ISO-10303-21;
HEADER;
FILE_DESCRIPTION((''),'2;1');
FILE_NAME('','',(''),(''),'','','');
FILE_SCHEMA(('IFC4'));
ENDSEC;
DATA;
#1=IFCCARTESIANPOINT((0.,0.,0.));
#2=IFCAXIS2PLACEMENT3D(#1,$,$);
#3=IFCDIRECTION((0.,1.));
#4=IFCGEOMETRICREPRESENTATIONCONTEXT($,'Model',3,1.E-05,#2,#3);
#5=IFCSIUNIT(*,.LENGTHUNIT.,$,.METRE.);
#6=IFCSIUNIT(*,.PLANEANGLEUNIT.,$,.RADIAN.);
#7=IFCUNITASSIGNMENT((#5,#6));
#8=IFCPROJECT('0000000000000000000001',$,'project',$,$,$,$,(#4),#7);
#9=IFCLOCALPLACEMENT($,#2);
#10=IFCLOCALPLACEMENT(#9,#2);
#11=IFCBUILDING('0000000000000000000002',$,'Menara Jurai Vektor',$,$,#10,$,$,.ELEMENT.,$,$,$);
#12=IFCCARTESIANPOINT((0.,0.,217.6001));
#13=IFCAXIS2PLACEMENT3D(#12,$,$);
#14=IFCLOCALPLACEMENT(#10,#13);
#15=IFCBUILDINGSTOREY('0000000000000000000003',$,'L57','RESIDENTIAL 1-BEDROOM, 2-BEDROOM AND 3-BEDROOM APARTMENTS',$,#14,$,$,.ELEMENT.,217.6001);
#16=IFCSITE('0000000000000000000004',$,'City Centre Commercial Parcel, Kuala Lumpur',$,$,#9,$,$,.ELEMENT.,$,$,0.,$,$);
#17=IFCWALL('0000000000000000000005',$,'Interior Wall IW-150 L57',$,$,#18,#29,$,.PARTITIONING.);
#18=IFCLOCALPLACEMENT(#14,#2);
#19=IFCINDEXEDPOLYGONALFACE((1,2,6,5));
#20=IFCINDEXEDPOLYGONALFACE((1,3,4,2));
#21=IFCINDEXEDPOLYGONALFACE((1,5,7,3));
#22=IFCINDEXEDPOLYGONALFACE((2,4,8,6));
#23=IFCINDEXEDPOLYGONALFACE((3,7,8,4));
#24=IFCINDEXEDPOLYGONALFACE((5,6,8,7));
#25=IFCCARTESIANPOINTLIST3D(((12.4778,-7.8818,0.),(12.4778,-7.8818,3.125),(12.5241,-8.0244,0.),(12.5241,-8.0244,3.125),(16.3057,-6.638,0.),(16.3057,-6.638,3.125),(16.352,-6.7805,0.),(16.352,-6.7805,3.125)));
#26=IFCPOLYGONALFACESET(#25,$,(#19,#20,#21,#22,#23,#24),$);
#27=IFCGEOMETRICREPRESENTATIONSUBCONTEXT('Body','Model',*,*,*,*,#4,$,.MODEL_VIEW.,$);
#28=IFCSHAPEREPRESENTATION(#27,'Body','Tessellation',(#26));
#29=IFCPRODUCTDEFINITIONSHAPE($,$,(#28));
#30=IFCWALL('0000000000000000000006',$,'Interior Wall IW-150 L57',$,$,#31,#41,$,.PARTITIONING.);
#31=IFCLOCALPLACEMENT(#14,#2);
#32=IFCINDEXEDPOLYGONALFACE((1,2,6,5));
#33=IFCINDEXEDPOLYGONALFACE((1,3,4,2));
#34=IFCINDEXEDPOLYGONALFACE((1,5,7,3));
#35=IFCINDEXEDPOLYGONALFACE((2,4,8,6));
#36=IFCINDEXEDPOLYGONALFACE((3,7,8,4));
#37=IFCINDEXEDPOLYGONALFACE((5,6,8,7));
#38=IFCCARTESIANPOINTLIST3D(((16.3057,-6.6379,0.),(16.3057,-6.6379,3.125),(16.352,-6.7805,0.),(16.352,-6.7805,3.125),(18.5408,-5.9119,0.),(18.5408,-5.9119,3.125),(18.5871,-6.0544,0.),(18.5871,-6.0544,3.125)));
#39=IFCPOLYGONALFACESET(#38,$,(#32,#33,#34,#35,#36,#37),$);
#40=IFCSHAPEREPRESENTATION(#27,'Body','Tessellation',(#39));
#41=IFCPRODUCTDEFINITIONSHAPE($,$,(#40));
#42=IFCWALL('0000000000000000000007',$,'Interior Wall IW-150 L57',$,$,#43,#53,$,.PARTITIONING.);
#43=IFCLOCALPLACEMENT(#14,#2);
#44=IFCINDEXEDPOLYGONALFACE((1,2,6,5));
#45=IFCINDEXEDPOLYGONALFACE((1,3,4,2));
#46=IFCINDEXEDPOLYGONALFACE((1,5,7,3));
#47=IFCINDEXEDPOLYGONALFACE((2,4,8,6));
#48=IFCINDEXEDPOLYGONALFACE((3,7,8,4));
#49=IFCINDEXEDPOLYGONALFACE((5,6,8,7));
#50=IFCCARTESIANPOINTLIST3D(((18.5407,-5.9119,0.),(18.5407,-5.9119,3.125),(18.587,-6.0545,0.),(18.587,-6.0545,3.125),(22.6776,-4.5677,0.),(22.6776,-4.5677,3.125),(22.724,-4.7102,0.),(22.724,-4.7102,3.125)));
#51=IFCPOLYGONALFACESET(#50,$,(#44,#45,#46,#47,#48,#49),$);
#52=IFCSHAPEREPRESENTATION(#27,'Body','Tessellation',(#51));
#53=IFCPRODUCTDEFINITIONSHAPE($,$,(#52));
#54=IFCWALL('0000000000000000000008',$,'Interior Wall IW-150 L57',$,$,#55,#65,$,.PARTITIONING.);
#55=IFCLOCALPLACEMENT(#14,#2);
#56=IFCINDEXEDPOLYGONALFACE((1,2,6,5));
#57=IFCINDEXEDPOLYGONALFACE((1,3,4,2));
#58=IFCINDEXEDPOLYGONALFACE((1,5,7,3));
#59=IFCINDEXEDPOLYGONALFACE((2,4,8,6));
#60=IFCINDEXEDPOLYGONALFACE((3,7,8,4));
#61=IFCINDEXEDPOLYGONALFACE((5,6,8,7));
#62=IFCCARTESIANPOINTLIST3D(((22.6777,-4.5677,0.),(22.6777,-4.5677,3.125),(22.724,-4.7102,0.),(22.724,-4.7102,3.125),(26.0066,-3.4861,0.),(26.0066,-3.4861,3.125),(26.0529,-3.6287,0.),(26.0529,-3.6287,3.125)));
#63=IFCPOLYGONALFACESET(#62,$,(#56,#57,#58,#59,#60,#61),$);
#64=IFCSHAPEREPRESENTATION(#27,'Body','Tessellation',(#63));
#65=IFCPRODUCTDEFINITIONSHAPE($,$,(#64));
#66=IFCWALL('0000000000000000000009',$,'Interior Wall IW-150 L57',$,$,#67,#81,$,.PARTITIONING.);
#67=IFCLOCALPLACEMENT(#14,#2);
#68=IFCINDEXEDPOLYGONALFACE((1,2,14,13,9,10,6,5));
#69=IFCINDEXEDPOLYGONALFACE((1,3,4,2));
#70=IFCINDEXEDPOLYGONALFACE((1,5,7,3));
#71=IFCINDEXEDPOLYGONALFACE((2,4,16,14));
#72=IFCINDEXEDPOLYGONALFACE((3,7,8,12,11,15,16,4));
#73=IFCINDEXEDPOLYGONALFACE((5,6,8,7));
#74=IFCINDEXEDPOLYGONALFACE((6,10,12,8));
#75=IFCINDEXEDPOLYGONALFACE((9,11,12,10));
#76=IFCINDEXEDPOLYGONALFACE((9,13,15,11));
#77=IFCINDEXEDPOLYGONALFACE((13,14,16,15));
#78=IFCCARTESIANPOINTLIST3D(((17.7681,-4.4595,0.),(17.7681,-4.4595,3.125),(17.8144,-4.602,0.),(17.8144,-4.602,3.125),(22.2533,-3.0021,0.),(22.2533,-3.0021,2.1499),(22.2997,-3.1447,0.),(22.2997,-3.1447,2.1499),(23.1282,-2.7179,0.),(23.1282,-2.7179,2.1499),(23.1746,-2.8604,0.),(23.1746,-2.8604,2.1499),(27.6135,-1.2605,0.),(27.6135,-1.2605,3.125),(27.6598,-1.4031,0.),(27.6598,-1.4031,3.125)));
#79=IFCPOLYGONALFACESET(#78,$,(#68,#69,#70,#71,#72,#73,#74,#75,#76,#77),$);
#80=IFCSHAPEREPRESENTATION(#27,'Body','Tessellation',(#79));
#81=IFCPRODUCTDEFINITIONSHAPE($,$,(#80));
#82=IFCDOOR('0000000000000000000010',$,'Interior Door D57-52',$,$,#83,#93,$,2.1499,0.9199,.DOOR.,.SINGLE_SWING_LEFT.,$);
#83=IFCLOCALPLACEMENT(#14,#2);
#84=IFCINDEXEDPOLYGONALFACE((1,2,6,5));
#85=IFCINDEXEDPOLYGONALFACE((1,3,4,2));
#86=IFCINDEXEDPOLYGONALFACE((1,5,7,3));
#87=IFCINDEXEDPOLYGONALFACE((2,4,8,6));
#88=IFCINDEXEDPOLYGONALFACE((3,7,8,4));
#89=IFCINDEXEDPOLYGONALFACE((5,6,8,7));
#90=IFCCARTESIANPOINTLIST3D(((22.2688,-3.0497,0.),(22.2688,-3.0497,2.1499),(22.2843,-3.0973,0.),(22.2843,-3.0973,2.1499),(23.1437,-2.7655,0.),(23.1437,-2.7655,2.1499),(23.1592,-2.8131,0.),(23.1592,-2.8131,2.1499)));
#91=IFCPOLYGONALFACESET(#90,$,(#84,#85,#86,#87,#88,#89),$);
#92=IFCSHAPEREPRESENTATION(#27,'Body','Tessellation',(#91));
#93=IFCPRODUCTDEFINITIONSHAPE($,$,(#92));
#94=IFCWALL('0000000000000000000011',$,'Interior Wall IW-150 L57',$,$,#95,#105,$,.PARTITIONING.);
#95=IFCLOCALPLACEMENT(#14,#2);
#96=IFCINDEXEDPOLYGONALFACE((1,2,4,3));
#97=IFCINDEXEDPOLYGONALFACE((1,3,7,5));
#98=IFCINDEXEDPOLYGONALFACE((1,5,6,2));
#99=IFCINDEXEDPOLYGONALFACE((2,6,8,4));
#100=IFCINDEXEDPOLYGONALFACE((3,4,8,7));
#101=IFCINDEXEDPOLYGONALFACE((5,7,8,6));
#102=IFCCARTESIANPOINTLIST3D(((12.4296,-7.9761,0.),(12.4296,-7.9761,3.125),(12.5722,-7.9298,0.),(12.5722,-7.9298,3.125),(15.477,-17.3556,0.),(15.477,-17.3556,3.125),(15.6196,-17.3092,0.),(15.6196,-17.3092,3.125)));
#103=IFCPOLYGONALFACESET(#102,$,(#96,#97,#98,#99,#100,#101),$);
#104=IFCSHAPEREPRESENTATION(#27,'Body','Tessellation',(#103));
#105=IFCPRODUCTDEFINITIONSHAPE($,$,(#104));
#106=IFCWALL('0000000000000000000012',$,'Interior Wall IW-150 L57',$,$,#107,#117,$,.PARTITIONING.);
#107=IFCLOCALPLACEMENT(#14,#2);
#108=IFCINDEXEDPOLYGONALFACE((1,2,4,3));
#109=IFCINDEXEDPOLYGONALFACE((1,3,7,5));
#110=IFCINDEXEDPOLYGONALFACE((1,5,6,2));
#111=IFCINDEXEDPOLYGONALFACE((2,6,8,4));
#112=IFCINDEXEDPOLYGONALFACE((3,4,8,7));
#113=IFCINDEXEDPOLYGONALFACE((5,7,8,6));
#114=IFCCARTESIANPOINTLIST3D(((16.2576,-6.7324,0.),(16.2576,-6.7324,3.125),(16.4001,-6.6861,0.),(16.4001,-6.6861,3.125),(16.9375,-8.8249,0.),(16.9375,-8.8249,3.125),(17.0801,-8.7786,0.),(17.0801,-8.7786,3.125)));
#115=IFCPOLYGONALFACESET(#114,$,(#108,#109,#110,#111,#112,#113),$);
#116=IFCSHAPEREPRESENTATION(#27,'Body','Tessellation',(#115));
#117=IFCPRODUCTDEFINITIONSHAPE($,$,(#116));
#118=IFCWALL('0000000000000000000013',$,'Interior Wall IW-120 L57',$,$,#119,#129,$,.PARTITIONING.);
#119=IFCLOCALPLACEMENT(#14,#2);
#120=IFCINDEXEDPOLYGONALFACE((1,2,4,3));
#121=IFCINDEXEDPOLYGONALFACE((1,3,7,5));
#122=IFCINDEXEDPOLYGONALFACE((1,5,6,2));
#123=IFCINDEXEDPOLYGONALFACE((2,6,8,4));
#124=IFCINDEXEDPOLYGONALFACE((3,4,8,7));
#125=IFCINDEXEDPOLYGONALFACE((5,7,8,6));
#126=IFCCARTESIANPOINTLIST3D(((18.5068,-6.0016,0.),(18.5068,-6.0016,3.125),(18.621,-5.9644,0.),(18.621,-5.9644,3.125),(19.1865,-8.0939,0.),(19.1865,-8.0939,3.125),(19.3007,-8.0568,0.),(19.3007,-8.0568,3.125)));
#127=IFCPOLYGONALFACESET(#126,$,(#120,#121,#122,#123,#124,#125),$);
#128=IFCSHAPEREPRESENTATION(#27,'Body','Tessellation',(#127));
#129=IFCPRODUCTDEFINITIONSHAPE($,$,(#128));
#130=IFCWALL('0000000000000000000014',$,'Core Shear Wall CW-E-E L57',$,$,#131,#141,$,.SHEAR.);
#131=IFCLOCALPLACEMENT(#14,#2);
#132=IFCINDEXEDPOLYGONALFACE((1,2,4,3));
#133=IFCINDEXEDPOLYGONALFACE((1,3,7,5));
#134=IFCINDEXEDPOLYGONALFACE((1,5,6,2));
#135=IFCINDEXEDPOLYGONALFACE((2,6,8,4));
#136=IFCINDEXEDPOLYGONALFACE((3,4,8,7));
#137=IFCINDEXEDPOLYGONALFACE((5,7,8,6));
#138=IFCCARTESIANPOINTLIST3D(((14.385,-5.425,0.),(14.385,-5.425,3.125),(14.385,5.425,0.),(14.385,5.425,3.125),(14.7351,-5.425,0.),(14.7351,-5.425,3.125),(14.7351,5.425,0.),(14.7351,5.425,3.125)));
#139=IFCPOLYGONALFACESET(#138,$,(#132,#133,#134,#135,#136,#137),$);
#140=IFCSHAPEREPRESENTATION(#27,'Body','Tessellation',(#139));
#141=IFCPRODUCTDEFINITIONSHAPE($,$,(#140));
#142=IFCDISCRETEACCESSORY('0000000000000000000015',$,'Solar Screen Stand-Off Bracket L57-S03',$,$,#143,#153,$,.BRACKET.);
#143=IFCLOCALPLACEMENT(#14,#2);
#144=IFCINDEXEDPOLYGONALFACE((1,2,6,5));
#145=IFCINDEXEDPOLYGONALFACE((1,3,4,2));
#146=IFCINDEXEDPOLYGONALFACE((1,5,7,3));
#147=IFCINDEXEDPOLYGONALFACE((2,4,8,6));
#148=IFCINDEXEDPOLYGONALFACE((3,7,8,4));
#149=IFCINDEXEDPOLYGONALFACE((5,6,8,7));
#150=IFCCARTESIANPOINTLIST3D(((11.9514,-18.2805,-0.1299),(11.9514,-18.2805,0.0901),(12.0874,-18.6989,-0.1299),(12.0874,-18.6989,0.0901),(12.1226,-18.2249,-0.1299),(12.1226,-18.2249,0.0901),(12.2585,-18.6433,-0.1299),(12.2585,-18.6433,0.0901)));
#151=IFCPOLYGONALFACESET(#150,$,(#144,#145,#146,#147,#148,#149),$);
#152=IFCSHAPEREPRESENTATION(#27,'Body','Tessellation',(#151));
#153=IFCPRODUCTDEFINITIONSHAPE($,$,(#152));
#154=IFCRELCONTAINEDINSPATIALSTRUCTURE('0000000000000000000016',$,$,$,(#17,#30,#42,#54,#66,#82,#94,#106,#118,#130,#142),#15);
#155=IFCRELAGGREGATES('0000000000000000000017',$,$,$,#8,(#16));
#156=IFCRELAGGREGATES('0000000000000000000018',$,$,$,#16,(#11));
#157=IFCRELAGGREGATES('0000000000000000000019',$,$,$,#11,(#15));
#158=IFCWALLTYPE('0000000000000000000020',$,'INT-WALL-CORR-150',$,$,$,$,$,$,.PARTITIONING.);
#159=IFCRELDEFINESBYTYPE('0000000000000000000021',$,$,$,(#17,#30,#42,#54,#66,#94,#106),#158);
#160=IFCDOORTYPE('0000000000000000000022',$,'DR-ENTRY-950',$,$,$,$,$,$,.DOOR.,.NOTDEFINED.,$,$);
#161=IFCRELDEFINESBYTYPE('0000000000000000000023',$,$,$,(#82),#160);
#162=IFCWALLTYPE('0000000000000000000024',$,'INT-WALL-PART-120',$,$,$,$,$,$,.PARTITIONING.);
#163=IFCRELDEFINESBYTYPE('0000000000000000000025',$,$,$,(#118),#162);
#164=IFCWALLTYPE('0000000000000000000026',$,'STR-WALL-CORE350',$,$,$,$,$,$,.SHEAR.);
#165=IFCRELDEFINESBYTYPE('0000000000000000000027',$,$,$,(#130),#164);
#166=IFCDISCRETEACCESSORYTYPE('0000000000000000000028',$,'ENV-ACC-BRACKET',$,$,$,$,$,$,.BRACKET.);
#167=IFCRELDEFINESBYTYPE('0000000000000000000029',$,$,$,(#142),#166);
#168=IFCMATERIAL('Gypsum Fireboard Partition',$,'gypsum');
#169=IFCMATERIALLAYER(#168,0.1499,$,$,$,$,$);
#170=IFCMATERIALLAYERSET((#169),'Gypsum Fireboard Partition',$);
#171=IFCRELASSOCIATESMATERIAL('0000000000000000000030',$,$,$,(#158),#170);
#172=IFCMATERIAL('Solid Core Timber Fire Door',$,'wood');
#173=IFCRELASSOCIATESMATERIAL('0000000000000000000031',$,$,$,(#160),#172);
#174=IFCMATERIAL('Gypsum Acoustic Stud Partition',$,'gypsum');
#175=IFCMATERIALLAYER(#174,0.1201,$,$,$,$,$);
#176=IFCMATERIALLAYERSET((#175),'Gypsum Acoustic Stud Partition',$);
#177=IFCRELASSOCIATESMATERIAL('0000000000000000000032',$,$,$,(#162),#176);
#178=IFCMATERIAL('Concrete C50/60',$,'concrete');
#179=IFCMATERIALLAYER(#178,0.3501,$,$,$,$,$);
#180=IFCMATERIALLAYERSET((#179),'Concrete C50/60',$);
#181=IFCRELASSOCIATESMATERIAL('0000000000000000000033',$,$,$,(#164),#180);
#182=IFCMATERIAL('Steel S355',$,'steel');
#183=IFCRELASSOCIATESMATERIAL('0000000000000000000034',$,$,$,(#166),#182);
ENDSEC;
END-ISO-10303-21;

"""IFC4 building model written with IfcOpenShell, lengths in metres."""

from ifc_helpers import new_model, si_unit, direction, frame, frame_2d, origin, origin_2d, place, context, subcontext, project, spatial, rectangle, extrude, material, layer, layer_set, type_object, element, fill, save


model = new_model("IFC4")

# Units and contexts
model_context = context("Model", 3, precision=1e-05, world=origin(), true_north=direction((0.0, 1.0)))
body_context = subcontext(model_context, "Body", "Model", "MODEL_VIEW")
ifc_project = project(units=[si_unit("LENGTHUNIT", "METRE"), si_unit("PLANEANGLEUNIT", "RADIAN")], contexts=[model_context])

# Site, building, storey
site_placement = place(None, origin())
site = spatial("IfcSite", under=ifc_project, at=site_placement, Name="City Centre Commercial Parcel, Kuala Lumpur", CompositionType="ELEMENT", RefElevation=0.0)
building_placement = place(site_placement, origin())
building = spatial("IfcBuilding", under=site, at=building_placement, Name="Menara Jurai Vektor", CompositionType="ELEMENT")
storey_placement = place(building_placement, frame((0.0, 0.0, 217.6001)))
storey = spatial("IfcBuildingStorey", under=building, at=storey_placement, Name="L57", Description="RESIDENTIAL 1-BEDROOM, 2-BEDROOM AND 3-BEDROOM APARTMENTS", CompositionType="ELEMENT", Elevation=217.6001)

# Shared definitions
ifc_material_1 = material(Name="Concrete C50/60", Category="concrete")

# Shared definitions
ifc_material_2 = material(Name="Steel S355", Category="steel")

# Walls
ifc_material_3 = material(Name="Gypsum Fireboard Partition", Category="gypsum")
ifc_layer_1 = layer(ifc_material_3, 0.1499)
ifc_layer_set_1 = layer_set([ifc_layer_1], Name="Gypsum Fireboard Partition")
wall_type_1 = type_object("IfcWallType", Name="INT-WALL-CORR-150", PredefinedType="PARTITIONING", material=ifc_layer_set_1)
wall_1_placement = place(storey_placement, frame((12.501, -7.9531, 0.0), z_axis=(0.0, 0.0, 1.0), x_axis=(0.951046, 0.309049, 0.0)))
element("IfcWall", 1, at=wall_1_placement, inside=storey, type_object=wall_type_1, Name="Interior Wall IW-150 L57", PredefinedType="PARTITIONING", context=body_context, shape_type="SweptSolid", body=[
    extrude(rectangle(XDim=4.0249, YDim=0.1499, at=frame_2d((2.0125, 0.0))), origin(), (0.0, 0.0, 1.0), 3.125),
])
wall_2_placement = place(storey_placement, frame((16.3289, -6.7092, 0.0), z_axis=(0.0, 0.0, 1.0), x_axis=(0.951076, 0.308957, 0.0)))
element("IfcWall", 2, at=wall_2_placement, inside=storey, type_object=wall_type_1, Name="Interior Wall IW-150 L57", PredefinedType="PARTITIONING", context=body_context, shape_type="SweptSolid", body=[
    extrude(rectangle(XDim=2.3501, YDim=0.1499, at=frame_2d((1.175, 0.0))), origin(), (0.0, 0.0, 1.0), 3.125),
])
wall_3_placement = place(storey_placement, frame((18.564, -5.9832, 0.0), z_axis=(0.0, 0.0, 1.0), x_axis=(0.951053, 0.309029, 0.0)))
element("IfcWall", 3, at=wall_3_placement, inside=storey, type_object=wall_type_1, Name="Interior Wall IW-150 L57", PredefinedType="PARTITIONING", context=body_context, shape_type="SweptSolid", body=[
    extrude(rectangle(XDim=4.3499, YDim=0.1499, at=frame_2d((2.1748, 0.0))), origin(), (0.0, 0.0, 1.0), 3.125),
])
wall_4_placement = place(storey_placement, frame((22.7009, -4.6389, 0.0), z_axis=(0.0, 0.0, 1.0), x_axis=(0.951062, 0.308999, 0.0)))
element("IfcWall", 4, at=wall_4_placement, inside=storey, type_object=wall_type_1, Name="Interior Wall IW-150 L57", PredefinedType="PARTITIONING", context=body_context, shape_type="SweptSolid", body=[
    extrude(rectangle(XDim=3.5002, YDim=0.1499, at=frame_2d((1.75, 0.0))), origin(), (0.0, 0.0, 1.0), 3.125),
])

# Wall, opening, door
wall_5_placement = place(storey_placement, frame((17.7913, -4.5308, 0.0), z_axis=(0.0, 0.0, 1.0), x_axis=(0.951057, 0.309016, 0.0)))
wall_5 = element("IfcWall", 5, at=wall_5_placement, inside=storey, type_object=wall_type_1, Name="Interior Wall IW-150 L57", PredefinedType="PARTITIONING", context=body_context, shape_type="SweptSolid", body=[
    extrude(rectangle(XDim=10.3521, YDim=0.1499, at=frame_2d((5.176, 0.0))), origin(), (0.0, 0.0, 1.0), 3.125),
])
opening_1_placement = place(wall_5_placement, frame((4.7161, 0.0, 0.0)))
opening_1 = element("IfcOpeningElement", 6, at=opening_1_placement, cuts=wall_5, PredefinedType="OPENING", context=body_context, shape_type="SweptSolid", body=[
    extrude(rectangle(XDim=0.9199, YDim=2.1499, at=frame_2d((0.46, 1.075))), frame((0.0, 0.085, 0.0), z_axis=(0.0, -1.0, 0.0), x_axis=(1.0, 0.0, 0.0)), (0.0, 0.0, 1.0), 0.1699),
])
ifc_material_4 = material(Name="Solid Core Timber Fire Door", Category="wood")
door_type_1 = type_object("IfcDoorType", Name="DR-ENTRY-950", OperationType="NOTDEFINED", PredefinedType="DOOR", material=ifc_material_4)
door_1_placement = place(opening_1_placement, origin())
door_1 = element("IfcDoor", 7, at=door_1_placement, inside=storey, type_object=door_type_1, Name="Interior Door D57-52", OperationType="SINGLE_SWING_LEFT", OverallHeight=2.1499, OverallWidth=0.9199, PredefinedType="DOOR", context=body_context, shape_type="SweptSolid", body=[
    extrude(rectangle(XDim=0.9199, YDim=2.1499, at=frame_2d((0.46, 1.075))), frame((0.0, 0.0249, 0.0), z_axis=(0.0, -1.0, 0.0), x_axis=(1.0, 0.0, 0.0)), (0.0, 0.0, 1.0), 0.05),
])
fill(opening_1, door_1)

# Walls
wall_6_placement = place(storey_placement, frame((15.5483, -17.3325, 0.0), z_axis=(0.0, 0.0, 1.0), x_axis=(-0.309, 0.951062, 0.0)))
element("IfcWall", 8, at=wall_6_placement, inside=storey, type_object=wall_type_1, Name="Interior Wall IW-150 L57", PredefinedType="PARTITIONING", context=body_context, shape_type="SweptSolid", body=[
    extrude(rectangle(XDim=9.8621, YDim=0.1499, at=frame_2d((4.9312, 0.0))), origin(), (0.0, 0.0, 1.0), 3.125),
])
wall_7_placement = place(storey_placement, frame((17.0088, -8.8018, 0.0), z_axis=(0.0, 0.0, 1.0), x_axis=(-0.309028, 0.951053, 0.0)))
element("IfcWall", 9, at=wall_7_placement, inside=storey, type_object=wall_type_1, Name="Interior Wall IW-150 L57", PredefinedType="PARTITIONING", context=body_context, shape_type="SweptSolid", body=[
    extrude(rectangle(XDim=2.2002, YDim=0.1499, at=frame_2d((1.1001, 0.0))), origin(), (0.0, 0.0, 1.0), 3.125),
])

# Walls
ifc_material_5 = material(Name="Gypsum Acoustic Stud Partition", Category="gypsum")
ifc_layer_2 = layer(ifc_material_5, 0.1201)
ifc_layer_set_2 = layer_set([ifc_layer_2], Name="Gypsum Acoustic Stud Partition")
wall_type_2 = type_object("IfcWallType", Name="INT-WALL-PART-120", PredefinedType="PARTITIONING", material=ifc_layer_set_2)
wall_8_placement = place(storey_placement, frame((19.2437, -8.0754, 0.0), z_axis=(0.0, 0.0, 1.0), x_axis=(-0.308961, 0.951075, 0.0)))
element("IfcWall", 10, at=wall_8_placement, inside=storey, type_object=wall_type_2, Name="Interior Wall IW-120 L57", PredefinedType="PARTITIONING", context=body_context, shape_type="SweptSolid", body=[
    extrude(rectangle(XDim=2.2, YDim=0.1201, at=frame_2d((1.1001, 0.0))), origin(), (0.0, 0.0, 1.0), 3.125),
])
ifc_layer_3 = layer(ifc_material_1, 0.3501)
ifc_layer_set_3 = layer_set([ifc_layer_3], Name="Concrete C50/60")
wall_type_3 = type_object("IfcWallType", Name="STR-WALL-CORE350", PredefinedType="SHEAR", material=ifc_layer_set_3)
wall_9_placement = place(storey_placement, frame((14.5601, -5.425, 0.0), z_axis=(0.0, 0.0, 1.0), x_axis=(0.0, 1.0, 0.0)))
element("IfcWall", 11, at=wall_9_placement, inside=storey, type_object=wall_type_3, Name="Core Shear Wall CW-E-E L57", PredefinedType="SHEAR", context=body_context, shape_type="SweptSolid", body=[
    extrude(rectangle(XDim=10.8501, YDim=0.3501, at=frame_2d((5.425, 0.0))), origin(), (0.0, 0.0, 1.0), 3.125),
])

# Discrete accessory
discrete_accessory_type = type_object("IfcDiscreteAccessoryType", Name="ENV-ACC-BRACKET", PredefinedType="BRACKET", material=ifc_material_2)
discrete_accessory_placement = place(storey_placement, frame((12.105, -18.4619, -0.1299), z_axis=(0.0, 0.0, 1.0), x_axis=(0.951057, 0.309017, 0.0)))
element("IfcDiscreteAccessory", 12, at=discrete_accessory_placement, inside=storey, type_object=discrete_accessory_type, Name="Solar Screen Stand-Off Bracket L57-S03", PredefinedType="BRACKET", context=body_context, shape_type="SweptSolid", body=[
    extrude(rectangle(XDim=0.1799, YDim=0.4399, at=origin_2d()), origin(), (0.0, 0.0, 1.0), 0.22),
])

save(model, "model.ifc")
